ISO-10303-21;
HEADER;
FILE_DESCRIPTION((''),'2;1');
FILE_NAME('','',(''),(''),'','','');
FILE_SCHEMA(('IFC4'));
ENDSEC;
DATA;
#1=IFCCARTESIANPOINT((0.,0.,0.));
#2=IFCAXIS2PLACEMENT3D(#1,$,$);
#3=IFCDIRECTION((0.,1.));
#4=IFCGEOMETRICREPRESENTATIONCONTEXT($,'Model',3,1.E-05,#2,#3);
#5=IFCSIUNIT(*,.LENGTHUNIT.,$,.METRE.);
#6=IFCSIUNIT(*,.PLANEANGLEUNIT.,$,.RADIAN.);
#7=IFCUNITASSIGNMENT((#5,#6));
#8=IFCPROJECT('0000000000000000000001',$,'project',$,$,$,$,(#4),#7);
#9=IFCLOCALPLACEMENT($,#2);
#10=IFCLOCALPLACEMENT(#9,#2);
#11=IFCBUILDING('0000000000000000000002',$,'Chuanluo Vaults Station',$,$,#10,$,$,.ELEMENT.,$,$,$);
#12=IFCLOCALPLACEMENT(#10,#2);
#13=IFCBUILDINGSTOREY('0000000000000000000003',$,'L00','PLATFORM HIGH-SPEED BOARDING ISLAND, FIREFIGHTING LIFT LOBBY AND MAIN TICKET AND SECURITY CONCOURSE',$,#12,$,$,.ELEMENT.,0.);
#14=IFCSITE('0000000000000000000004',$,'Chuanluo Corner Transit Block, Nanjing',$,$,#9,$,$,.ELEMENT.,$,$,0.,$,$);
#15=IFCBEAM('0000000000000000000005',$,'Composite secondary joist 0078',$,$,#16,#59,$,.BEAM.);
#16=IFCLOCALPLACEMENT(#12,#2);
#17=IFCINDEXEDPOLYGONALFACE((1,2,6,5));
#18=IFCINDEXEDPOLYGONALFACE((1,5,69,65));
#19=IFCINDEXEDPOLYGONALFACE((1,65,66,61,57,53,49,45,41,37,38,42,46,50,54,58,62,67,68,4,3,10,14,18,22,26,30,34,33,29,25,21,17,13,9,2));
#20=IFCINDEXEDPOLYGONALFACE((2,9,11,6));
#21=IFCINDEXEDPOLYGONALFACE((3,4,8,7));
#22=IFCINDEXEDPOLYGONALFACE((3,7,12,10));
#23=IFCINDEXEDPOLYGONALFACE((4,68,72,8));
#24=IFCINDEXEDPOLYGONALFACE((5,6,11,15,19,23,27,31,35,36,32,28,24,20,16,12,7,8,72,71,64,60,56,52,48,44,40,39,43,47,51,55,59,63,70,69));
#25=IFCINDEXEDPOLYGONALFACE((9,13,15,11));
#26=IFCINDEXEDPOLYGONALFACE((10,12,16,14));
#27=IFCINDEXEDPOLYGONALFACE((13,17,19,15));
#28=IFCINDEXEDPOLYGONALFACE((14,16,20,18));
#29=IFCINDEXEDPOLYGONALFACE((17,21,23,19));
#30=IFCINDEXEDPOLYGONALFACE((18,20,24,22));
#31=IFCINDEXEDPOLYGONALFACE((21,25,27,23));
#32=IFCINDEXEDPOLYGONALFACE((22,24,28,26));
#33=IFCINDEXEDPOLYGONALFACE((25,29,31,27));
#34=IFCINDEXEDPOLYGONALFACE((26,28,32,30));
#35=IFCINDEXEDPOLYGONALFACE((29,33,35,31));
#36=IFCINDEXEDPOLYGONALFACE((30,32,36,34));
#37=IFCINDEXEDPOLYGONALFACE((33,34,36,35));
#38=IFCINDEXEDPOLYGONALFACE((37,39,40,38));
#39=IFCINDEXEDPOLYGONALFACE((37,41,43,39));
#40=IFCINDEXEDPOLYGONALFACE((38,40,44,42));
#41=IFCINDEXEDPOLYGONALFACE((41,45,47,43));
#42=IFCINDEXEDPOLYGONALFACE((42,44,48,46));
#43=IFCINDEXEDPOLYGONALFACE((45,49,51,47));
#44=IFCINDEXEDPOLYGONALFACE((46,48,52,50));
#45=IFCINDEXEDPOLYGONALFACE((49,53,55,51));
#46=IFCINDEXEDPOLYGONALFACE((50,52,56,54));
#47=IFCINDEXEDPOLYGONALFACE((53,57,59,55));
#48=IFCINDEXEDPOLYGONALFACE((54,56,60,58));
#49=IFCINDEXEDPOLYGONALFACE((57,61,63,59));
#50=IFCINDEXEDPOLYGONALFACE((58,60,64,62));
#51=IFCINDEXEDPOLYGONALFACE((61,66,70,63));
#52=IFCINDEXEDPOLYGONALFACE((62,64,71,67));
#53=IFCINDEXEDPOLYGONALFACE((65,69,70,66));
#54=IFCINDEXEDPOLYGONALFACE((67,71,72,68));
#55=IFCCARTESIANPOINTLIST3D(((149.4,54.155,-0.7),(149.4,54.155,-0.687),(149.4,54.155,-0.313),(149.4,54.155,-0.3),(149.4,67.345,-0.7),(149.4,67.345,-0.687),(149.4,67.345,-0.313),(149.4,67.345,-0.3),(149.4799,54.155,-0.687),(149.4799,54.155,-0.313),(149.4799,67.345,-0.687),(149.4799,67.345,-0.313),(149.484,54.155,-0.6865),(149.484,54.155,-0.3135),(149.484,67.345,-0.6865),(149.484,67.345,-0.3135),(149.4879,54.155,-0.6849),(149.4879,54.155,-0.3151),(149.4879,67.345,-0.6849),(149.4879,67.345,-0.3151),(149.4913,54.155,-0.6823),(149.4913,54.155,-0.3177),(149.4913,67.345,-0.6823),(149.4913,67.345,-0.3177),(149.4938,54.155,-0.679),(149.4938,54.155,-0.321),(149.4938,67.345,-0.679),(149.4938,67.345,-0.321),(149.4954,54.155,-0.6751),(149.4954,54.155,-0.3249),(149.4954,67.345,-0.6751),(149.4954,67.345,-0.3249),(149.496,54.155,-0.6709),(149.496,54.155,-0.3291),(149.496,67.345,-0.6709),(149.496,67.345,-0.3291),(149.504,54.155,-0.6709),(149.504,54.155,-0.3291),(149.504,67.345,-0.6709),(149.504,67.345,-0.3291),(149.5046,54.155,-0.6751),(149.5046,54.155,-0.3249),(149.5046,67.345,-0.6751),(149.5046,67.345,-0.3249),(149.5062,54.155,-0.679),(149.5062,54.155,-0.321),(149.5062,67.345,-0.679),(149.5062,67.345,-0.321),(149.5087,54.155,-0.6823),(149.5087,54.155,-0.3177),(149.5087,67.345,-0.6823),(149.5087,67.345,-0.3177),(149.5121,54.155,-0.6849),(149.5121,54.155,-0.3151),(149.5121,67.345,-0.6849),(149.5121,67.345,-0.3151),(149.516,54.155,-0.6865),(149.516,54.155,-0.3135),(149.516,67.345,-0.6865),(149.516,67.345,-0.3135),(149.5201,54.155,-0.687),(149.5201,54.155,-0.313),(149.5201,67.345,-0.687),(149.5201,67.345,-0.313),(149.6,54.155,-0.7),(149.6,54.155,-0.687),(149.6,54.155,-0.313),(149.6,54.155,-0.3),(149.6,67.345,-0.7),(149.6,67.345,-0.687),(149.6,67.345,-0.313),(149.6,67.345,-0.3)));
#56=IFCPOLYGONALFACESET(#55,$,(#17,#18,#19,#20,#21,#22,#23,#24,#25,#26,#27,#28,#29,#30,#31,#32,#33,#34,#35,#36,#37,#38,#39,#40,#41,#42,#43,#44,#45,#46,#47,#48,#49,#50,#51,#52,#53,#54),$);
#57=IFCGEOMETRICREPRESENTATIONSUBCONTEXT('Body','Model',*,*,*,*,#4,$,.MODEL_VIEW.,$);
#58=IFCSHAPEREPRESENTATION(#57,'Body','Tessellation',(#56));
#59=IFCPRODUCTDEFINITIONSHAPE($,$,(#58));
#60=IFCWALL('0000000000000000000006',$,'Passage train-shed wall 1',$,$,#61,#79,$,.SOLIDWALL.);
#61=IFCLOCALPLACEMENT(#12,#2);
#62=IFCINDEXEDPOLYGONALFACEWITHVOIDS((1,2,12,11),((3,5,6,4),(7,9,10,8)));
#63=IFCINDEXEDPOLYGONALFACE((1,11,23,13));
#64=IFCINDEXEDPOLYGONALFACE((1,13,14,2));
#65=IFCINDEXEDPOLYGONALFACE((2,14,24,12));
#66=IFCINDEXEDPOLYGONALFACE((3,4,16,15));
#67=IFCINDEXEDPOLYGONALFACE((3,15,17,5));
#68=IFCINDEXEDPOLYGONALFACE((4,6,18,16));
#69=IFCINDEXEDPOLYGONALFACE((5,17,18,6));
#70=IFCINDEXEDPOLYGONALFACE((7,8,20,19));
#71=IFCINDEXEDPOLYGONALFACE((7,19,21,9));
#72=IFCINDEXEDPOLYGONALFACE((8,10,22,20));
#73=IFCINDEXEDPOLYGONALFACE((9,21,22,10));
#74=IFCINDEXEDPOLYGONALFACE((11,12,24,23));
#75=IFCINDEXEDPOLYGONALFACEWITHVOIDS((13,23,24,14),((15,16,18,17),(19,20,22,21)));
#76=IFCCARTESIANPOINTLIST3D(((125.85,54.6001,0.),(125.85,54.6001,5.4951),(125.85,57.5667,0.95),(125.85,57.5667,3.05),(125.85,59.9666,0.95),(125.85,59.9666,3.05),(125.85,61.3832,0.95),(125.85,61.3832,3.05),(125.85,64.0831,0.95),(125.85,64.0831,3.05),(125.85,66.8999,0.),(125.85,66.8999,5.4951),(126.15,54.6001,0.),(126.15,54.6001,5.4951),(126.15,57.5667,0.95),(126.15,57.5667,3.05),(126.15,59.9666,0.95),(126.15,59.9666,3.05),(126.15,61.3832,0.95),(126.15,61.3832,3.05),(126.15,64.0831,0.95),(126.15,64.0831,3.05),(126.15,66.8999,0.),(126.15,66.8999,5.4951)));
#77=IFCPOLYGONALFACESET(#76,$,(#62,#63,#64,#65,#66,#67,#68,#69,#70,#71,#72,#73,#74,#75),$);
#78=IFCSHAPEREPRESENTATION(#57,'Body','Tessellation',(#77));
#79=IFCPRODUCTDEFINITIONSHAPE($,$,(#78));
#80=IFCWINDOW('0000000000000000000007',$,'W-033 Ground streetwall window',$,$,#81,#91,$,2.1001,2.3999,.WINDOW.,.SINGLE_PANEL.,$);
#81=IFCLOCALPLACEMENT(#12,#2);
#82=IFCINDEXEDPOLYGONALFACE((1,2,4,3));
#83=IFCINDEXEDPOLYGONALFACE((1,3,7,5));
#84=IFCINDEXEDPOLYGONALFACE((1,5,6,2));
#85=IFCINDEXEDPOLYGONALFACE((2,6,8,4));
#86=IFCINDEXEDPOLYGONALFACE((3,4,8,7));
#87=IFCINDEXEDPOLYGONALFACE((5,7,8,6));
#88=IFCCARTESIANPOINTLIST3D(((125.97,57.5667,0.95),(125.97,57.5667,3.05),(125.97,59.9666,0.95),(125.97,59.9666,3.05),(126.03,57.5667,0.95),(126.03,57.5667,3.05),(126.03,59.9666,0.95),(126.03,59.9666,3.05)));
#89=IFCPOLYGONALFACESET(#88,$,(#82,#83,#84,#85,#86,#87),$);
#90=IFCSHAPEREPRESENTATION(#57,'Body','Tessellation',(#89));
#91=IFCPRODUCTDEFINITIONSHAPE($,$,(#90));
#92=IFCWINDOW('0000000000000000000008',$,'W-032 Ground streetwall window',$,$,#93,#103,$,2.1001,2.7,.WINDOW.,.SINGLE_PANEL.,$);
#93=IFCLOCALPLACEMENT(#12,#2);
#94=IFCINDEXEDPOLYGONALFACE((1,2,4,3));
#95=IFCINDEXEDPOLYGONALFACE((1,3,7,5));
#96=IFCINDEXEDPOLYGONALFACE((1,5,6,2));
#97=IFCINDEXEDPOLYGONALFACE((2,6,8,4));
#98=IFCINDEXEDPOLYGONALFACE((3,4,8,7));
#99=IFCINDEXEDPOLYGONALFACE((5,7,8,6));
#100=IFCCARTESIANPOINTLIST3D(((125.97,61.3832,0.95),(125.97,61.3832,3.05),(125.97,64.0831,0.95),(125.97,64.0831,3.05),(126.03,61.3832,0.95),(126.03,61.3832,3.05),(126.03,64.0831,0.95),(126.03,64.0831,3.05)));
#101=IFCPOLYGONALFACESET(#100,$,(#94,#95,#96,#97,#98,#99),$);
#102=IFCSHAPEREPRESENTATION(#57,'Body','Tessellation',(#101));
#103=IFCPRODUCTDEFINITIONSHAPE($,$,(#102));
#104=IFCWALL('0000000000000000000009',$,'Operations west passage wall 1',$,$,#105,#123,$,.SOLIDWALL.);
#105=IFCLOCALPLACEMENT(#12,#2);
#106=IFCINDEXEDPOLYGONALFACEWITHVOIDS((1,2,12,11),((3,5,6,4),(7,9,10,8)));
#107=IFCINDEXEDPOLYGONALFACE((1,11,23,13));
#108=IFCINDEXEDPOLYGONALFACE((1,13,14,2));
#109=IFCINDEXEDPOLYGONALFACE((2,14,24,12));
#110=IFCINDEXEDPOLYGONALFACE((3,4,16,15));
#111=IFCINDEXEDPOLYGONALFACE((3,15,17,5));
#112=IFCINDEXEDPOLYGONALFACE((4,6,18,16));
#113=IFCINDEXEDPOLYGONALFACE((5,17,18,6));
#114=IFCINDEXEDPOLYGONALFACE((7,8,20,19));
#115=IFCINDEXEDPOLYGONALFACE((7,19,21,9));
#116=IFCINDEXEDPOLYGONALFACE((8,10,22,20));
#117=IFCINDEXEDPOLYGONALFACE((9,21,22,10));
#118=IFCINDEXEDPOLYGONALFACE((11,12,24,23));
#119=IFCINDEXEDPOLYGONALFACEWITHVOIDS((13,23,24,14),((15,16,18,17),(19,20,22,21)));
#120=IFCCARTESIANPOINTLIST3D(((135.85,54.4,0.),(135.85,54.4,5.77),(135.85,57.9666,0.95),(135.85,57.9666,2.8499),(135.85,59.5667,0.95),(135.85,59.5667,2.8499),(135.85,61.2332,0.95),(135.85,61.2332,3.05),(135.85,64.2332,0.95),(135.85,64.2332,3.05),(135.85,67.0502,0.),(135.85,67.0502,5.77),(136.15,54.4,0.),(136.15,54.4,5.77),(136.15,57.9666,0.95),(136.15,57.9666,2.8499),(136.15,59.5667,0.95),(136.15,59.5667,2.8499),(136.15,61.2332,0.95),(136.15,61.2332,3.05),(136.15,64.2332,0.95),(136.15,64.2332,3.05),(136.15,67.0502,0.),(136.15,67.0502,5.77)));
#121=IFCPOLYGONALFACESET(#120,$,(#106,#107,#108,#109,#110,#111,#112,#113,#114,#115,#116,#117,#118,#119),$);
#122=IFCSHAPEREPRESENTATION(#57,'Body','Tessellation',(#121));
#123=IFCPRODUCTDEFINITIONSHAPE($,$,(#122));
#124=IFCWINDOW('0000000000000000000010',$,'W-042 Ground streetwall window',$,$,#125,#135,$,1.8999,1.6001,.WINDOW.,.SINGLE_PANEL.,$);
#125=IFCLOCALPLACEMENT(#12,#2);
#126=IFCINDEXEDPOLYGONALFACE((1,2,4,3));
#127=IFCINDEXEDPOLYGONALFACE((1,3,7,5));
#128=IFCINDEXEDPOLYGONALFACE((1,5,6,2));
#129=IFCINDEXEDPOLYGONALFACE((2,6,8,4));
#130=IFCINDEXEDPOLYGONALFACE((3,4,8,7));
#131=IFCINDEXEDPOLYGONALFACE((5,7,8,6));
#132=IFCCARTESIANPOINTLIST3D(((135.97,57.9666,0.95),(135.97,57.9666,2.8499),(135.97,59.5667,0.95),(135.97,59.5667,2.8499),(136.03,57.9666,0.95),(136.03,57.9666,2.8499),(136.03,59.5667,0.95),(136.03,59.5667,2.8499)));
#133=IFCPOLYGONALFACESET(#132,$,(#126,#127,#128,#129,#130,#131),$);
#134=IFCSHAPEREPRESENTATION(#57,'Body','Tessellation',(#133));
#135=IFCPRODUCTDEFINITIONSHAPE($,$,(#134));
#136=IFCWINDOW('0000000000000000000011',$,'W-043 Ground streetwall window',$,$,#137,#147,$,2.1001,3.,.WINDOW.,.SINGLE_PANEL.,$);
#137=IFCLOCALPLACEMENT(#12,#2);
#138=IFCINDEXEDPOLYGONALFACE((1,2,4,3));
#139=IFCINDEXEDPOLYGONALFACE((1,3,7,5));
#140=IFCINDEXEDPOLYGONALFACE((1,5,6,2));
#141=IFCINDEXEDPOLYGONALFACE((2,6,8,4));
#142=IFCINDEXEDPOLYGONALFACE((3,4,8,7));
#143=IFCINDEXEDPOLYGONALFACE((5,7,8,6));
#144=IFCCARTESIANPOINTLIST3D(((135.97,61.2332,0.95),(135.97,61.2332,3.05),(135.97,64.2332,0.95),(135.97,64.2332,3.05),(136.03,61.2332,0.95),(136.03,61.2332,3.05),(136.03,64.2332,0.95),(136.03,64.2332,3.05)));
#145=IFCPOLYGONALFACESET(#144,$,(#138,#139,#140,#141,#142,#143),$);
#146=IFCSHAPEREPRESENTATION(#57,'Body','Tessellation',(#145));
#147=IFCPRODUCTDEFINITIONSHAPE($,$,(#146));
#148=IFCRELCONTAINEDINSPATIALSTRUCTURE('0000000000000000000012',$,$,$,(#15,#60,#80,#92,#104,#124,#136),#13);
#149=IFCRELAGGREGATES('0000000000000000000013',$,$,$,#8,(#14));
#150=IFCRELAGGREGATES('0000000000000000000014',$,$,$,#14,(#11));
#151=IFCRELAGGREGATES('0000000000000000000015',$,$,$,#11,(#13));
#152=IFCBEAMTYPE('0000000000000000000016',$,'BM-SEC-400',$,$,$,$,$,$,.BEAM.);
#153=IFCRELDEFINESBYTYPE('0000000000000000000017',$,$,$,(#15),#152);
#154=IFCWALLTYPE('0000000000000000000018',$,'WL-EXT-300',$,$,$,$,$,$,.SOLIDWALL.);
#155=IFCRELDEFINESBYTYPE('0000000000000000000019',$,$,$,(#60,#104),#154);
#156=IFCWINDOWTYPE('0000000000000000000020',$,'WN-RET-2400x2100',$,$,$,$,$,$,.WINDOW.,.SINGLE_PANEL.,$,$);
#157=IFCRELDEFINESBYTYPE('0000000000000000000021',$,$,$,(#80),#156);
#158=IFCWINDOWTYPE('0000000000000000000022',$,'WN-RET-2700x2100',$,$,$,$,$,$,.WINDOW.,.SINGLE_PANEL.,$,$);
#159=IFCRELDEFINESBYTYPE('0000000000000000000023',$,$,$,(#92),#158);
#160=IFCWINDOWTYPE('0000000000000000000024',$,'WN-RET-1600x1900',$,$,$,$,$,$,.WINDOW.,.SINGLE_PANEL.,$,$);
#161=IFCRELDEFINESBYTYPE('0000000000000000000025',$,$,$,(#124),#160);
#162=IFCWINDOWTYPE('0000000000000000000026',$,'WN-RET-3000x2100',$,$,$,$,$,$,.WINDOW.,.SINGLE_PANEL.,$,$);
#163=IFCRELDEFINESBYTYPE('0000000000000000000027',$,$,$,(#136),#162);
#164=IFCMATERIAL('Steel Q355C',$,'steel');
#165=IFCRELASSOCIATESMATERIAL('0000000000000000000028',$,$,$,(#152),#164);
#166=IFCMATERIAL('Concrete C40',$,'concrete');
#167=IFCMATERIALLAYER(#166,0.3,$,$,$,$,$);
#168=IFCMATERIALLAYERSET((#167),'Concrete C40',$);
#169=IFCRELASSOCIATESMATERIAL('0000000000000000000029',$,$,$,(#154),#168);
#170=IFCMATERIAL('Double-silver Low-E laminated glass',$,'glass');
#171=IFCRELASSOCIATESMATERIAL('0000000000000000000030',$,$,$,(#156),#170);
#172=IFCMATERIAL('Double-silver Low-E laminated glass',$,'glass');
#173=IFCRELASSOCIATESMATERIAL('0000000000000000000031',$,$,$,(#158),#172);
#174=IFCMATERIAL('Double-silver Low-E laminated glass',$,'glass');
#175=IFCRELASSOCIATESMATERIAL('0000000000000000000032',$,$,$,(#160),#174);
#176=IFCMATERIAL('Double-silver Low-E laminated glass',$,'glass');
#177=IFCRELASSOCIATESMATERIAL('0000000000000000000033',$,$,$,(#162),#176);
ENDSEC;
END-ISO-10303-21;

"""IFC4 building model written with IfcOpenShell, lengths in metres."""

from ifc_helpers import new_model, si_unit, direction, frame, frame_2d, origin, origin_2d, place, context, subcontext, project, spatial, rectangle, i_section, extrude, material, layer, layer_set, material_profile, profile_set, type_object, element, fill, save


model = new_model("IFC4")

# Units and contexts
model_context = context("Model", 3, precision=1e-05, world=origin(), true_north=direction((0.0, 1.0)))
body_context = subcontext(model_context, "Body", "Model", "MODEL_VIEW")
ifc_project = project(units=[si_unit("LENGTHUNIT", "METRE"), si_unit("PLANEANGLEUNIT", "RADIAN")], contexts=[model_context])

# Site, building, storey
site_placement = place(None, origin())
site = spatial("IfcSite", under=ifc_project, at=site_placement, Name="Chuanluo Corner Transit Block, Nanjing", CompositionType="ELEMENT", RefElevation=0.0)
building_placement = place(site_placement, origin())
building = spatial("IfcBuilding", under=site, at=building_placement, Name="Chuanluo Vaults Station", CompositionType="ELEMENT")
storey_placement = place(building_placement, origin())
storey = spatial("IfcBuildingStorey", under=building, at=storey_placement, Name="L00", Description="PLATFORM HIGH-SPEED BOARDING ISLAND, FIREFIGHTING LIFT LOBBY AND MAIN TICKET AND SECURITY CONCOURSE", CompositionType="ELEMENT", Elevation=0.0)

# Beam
ifc_material_1 = material(Name="Steel Q355C", Category="steel")
ifc_material_profile_1 = material_profile(ifc_material_1, i_section(OverallWidth=0.2, OverallDepth=0.3999, WebThickness=0.0081, FlangeThickness=0.0129, FilletRadius=0.0161, at=origin_2d()))
ifc_profile_set_1 = profile_set([ifc_material_profile_1], Name="Steel Q355C")
beam_type_1 = type_object("IfcBeamType", Name="BM-SEC-400", PredefinedType="BEAM", material=ifc_profile_set_1)
for number, where, z_axis, x_axis, name in (
    (1, (149.5, 54.155, -0.5), (0.0, 1.0, 0.0), (-1.0, 0.0, 0.0), "Composite secondary joist 0078"),
):
    element("IfcBeam", number, at=place(storey_placement, frame(where, z_axis=z_axis, x_axis=x_axis)), inside=storey, type_object=beam_type_1, Name=name, PredefinedType="BEAM", context=body_context, shape_type="SweptSolid", body=[
        extrude(i_section(OverallWidth=0.2, OverallDepth=0.3999, WebThickness=0.0081, FlangeThickness=0.0129, FilletRadius=0.0161, at=origin_2d()), origin(), (0.0, 0.0, 1.0), 13.1899),
    ])

# Walls, openings, windows
ifc_material_2 = material(Name="Concrete C40", Category="concrete")
ifc_layer_1 = layer(ifc_material_2, 0.3)
ifc_layer_set_1 = layer_set([ifc_layer_1], Name="Concrete C40")
wall_type_1 = type_object("IfcWallType", Name="WL-EXT-300", PredefinedType="SOLIDWALL", material=ifc_layer_set_1)
wall_1_placement = place(storey_placement, frame((126.0, 66.8999, 0.0), z_axis=(0.0, 0.0, 1.0), x_axis=(0.0, -1.0, 0.0)))
wall_1 = element("IfcWall", 2, at=wall_1_placement, inside=storey, type_object=wall_type_1, Name="Passage train-shed wall 1", PredefinedType="SOLIDWALL", context=body_context, shape_type="SweptSolid", body=[
    extrude(rectangle(XDim=12.2998, YDim=0.3, at=frame_2d((6.1499, 0.0))), origin(), (0.0, 0.0, 1.0), 5.4951),
])
opening_1_placement = place(wall_1_placement, frame((2.8167, 0.0, 0.95)))
opening_1 = element("IfcOpeningElement", 3, at=opening_1_placement, cuts=wall_1, PredefinedType="OPENING", context=body_context, shape_type="SweptSolid", body=[
    extrude(rectangle(XDim=2.7, YDim=2.1001, at=frame_2d((1.3501, 1.05))), frame((0.0, 0.1599, 0.0), z_axis=(0.0, -1.0, 0.0), x_axis=(1.0, 0.0, 0.0)), (0.0, 0.0, 1.0), 0.3201),
])
opening_2_placement = place(wall_1_placement, frame((6.9333, 0.0, 0.95)))
opening_2 = element("IfcOpeningElement", 4, at=opening_2_placement, cuts=wall_1, PredefinedType="OPENING", context=body_context, shape_type="SweptSolid", body=[
    extrude(rectangle(XDim=2.3999, YDim=2.1001, at=frame_2d((1.2, 1.05))), frame((0.0, 0.1599, 0.0), z_axis=(0.0, -1.0, 0.0), x_axis=(1.0, 0.0, 0.0)), (0.0, 0.0, 1.0), 0.3201),
])
ifc_material_3 = material(Name="Double-silver Low-E laminated glass", Category="glass")
window_type_1 = type_object("IfcWindowType", Name="WN-RET-2400x2100", PartitioningType="SINGLE_PANEL", PredefinedType="WINDOW", material=ifc_material_3)
window_1_placement = place(opening_2_placement, origin())
window_1 = element("IfcWindow", 5, at=window_1_placement, inside=storey, type_object=window_type_1, Name="W-033 Ground streetwall window", OverallHeight=2.1001, OverallWidth=2.3999, PartitioningType="SINGLE_PANEL", PredefinedType="WINDOW", context=body_context, shape_type="SweptSolid", body=[
    extrude(rectangle(XDim=2.3999, YDim=2.1001, at=frame_2d((1.2, 1.05))), frame((0.0, 0.03, 0.0), z_axis=(0.0, -1.0, 0.0), x_axis=(1.0, 0.0, 0.0)), (0.0, 0.0, 1.0), 0.0601),
])
fill(opening_2, window_1)
ifc_material_4 = material(Name="Double-silver Low-E laminated glass", Category="glass")
window_type_2 = type_object("IfcWindowType", Name="WN-RET-2700x2100", PartitioningType="SINGLE_PANEL", PredefinedType="WINDOW", material=ifc_material_4)
window_2_placement = place(opening_1_placement, origin())
window_2 = element("IfcWindow", 6, at=window_2_placement, inside=storey, type_object=window_type_2, Name="W-032 Ground streetwall window", OverallHeight=2.1001, OverallWidth=2.7, PartitioningType="SINGLE_PANEL", PredefinedType="WINDOW", context=body_context, shape_type="SweptSolid", body=[
    extrude(rectangle(XDim=2.7, YDim=2.1001, at=frame_2d((1.3501, 1.05))), frame((0.0, 0.03, 0.0), z_axis=(0.0, -1.0, 0.0), x_axis=(1.0, 0.0, 0.0)), (0.0, 0.0, 1.0), 0.0601),
])
fill(opening_1, window_2)
wall_2_placement = place(storey_placement, frame((136.0, 54.3999, 0.0), z_axis=(0.0, 0.0, 1.0), x_axis=(0.0, 1.0, 0.0)))
wall_2 = element("IfcWall", 7, at=wall_2_placement, inside=storey, type_object=wall_type_1, Name="Operations west passage wall 1", PredefinedType="SOLIDWALL", context=body_context, shape_type="SweptSolid", body=[
    extrude(rectangle(XDim=12.6501, YDim=0.3, at=frame_2d((6.3252, 0.0))), origin(), (0.0, 0.0, 1.0), 5.77),
])
opening_3_placement = place(wall_2_placement, frame((3.5667, 0.0, 0.95)))
opening_3 = element("IfcOpeningElement", 8, at=opening_3_placement, cuts=wall_2, PredefinedType="OPENING", context=body_context, shape_type="SweptSolid", body=[
    extrude(rectangle(XDim=1.6001, YDim=1.8999, at=frame_2d((0.8, 0.95))), frame((0.0, 0.1599, 0.0), z_axis=(0.0, -1.0, 0.0), x_axis=(1.0, 0.0, 0.0)), (0.0, 0.0, 1.0), 0.3201),
])
opening_4_placement = place(wall_2_placement, frame((6.8333, 0.0, 0.95)))
opening_4 = element("IfcOpeningElement", 9, at=opening_4_placement, cuts=wall_2, PredefinedType="OPENING", context=body_context, shape_type="SweptSolid", body=[
    extrude(rectangle(XDim=3.0, YDim=2.1001, at=frame_2d((1.5, 1.05))), frame((0.0, 0.1599, 0.0), z_axis=(0.0, -1.0, 0.0), x_axis=(1.0, 0.0, 0.0)), (0.0, 0.0, 1.0), 0.3201),
])
ifc_material_5 = material(Name="Double-silver Low-E laminated glass", Category="glass")
window_type_3 = type_object("IfcWindowType", Name="WN-RET-1600x1900", PartitioningType="SINGLE_PANEL", PredefinedType="WINDOW", material=ifc_material_5)
window_3_placement = place(opening_3_placement, origin())
window_3 = element("IfcWindow", 10, at=window_3_placement, inside=storey, type_object=window_type_3, Name="W-042 Ground streetwall window", OverallHeight=1.8999, OverallWidth=1.6001, PartitioningType="SINGLE_PANEL", PredefinedType="WINDOW", context=body_context, shape_type="SweptSolid", body=[
    extrude(rectangle(XDim=1.6001, YDim=1.8999, at=frame_2d((0.8, 0.95))), frame((0.0, 0.03, 0.0), z_axis=(0.0, -1.0, 0.0), x_axis=(1.0, 0.0, 0.0)), (0.0, 0.0, 1.0), 0.0601),
])
fill(opening_3, window_3)
ifc_material_6 = material(Name="Double-silver Low-E laminated glass", Category="glass")
window_type_4 = type_object("IfcWindowType", Name="WN-RET-3000x2100", PartitioningType="SINGLE_PANEL", PredefinedType="WINDOW", material=ifc_material_6)
window_4_placement = place(opening_4_placement, origin())
window_4 = element("IfcWindow", 11, at=window_4_placement, inside=storey, type_object=window_type_4, Name="W-043 Ground streetwall window", OverallHeight=2.1001, OverallWidth=3.0, PartitioningType="SINGLE_PANEL", PredefinedType="WINDOW", context=body_context, shape_type="SweptSolid", body=[
    extrude(rectangle(XDim=3.0, YDim=2.1001, at=frame_2d((1.5, 1.05))), frame((0.0, 0.03, 0.0), z_axis=(0.0, -1.0, 0.0), x_axis=(1.0, 0.0, 0.0)), (0.0, 0.0, 1.0), 0.0601),
])
fill(opening_4, window_4)

save(model, "model.ifc")
